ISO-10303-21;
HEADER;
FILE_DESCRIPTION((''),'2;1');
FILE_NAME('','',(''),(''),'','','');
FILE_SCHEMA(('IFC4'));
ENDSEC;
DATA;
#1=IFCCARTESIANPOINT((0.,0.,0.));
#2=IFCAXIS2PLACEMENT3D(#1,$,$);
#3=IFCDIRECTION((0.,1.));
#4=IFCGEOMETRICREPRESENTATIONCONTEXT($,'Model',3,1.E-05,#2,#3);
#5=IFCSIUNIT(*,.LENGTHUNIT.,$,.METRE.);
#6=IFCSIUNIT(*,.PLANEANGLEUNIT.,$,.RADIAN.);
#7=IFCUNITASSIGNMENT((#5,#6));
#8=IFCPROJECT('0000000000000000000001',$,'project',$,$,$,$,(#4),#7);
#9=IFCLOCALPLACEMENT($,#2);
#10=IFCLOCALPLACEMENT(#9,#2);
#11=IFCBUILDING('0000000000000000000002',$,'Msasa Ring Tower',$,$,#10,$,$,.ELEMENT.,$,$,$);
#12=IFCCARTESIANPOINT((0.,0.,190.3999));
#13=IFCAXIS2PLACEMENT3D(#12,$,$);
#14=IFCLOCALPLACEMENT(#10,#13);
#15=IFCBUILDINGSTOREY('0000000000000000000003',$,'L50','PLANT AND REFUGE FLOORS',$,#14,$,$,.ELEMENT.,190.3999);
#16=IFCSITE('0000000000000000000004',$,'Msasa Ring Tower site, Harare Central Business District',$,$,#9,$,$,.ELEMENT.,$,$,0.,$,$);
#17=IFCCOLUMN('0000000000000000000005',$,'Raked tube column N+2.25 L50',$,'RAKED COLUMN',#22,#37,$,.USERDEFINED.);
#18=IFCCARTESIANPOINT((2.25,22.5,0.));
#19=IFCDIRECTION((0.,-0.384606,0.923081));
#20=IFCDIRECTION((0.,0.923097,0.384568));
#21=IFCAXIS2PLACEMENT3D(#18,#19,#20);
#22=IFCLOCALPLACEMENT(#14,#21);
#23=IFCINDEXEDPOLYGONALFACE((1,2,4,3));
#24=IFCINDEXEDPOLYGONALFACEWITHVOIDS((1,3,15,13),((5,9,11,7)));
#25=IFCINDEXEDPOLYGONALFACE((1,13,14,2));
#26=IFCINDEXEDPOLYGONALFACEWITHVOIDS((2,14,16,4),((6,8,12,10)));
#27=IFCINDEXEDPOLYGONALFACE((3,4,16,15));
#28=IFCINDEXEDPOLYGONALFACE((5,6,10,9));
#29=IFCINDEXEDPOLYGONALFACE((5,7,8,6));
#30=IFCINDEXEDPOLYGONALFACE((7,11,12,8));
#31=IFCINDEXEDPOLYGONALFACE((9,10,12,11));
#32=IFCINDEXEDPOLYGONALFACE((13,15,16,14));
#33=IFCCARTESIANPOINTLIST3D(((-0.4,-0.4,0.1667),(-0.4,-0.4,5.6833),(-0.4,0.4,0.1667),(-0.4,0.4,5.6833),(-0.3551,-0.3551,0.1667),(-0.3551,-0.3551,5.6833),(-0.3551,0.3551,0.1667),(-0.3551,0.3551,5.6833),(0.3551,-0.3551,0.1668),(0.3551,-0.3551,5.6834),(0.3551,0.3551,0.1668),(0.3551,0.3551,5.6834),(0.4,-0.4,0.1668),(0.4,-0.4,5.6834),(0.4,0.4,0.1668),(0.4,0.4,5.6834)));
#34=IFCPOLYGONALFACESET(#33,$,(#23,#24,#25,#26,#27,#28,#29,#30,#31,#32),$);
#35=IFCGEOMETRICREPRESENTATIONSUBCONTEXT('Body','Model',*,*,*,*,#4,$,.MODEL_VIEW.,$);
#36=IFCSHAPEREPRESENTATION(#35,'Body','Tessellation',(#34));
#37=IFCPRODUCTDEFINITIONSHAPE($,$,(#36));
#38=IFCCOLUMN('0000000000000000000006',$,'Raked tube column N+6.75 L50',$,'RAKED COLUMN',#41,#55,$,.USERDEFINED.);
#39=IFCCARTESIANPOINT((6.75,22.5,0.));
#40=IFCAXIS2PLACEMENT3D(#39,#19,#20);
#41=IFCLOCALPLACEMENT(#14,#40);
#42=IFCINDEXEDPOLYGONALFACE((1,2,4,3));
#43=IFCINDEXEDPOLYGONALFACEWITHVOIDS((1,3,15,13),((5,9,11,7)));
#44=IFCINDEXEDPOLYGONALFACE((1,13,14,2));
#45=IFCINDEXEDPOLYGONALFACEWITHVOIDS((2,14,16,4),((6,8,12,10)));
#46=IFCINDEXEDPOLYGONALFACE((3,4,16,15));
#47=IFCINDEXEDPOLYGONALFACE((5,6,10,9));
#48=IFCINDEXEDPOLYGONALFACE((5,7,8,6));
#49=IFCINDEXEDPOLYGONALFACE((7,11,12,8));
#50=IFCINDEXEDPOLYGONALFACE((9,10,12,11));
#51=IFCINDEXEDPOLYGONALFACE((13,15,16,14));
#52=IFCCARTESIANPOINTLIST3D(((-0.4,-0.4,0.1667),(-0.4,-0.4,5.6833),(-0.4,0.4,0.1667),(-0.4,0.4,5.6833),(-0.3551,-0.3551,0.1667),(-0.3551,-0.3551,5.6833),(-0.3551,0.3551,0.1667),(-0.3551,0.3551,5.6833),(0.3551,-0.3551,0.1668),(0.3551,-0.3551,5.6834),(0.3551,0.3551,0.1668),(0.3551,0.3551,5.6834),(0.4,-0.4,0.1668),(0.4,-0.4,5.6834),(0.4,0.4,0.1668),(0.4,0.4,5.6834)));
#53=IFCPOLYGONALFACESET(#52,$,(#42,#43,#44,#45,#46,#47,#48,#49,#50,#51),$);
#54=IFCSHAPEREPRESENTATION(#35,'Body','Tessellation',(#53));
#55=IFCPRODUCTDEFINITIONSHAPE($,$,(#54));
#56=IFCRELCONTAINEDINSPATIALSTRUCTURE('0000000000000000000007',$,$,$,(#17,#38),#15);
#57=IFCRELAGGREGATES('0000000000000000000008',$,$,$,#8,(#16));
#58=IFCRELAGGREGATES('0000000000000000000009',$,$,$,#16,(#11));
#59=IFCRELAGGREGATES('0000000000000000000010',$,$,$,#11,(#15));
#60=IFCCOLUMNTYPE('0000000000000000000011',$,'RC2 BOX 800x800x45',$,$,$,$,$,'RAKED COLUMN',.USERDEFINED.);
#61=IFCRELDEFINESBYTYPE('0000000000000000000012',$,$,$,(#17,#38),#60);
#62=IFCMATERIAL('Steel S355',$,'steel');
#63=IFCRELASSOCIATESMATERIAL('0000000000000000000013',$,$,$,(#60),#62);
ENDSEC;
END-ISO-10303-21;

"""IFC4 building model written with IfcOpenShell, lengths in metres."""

from ifc_helpers import new_model, si_unit, direction, frame, origin, origin_2d, place, context, subcontext, project, spatial, hollow_rectangle, extrude, clip, halfspace, material, material_profile, profile_set, type_object, element, save


model = new_model("IFC4")

# Units and contexts
model_context = context("Model", 3, precision=1e-05, world=origin(), true_north=direction((0.0, 1.0)))
body_context = subcontext(model_context, "Body", "Model", "MODEL_VIEW")
ifc_project = project(units=[si_unit("LENGTHUNIT", "METRE"), si_unit("PLANEANGLEUNIT", "RADIAN")], contexts=[model_context])

# Site, building, storey
site_placement = place(None, origin())
site = spatial("IfcSite", under=ifc_project, at=site_placement, Name="Msasa Ring Tower site, Harare Central Business District", CompositionType="ELEMENT", RefElevation=0.0)
building_placement = place(site_placement, origin())
building = spatial("IfcBuilding", under=site, at=building_placement, Name="Msasa Ring Tower", CompositionType="ELEMENT")
storey_placement = place(building_placement, frame((0.0, 0.0, 190.3999)))
storey = spatial("IfcBuildingStorey", under=building, at=storey_placement, Name="L50", Description="PLANT AND REFUGE FLOORS", CompositionType="ELEMENT", Elevation=190.3999)

# Columns
ifc_material_1 = material(Name="Steel S355", Category="steel")
ifc_material_profile_1 = material_profile(ifc_material_1, hollow_rectangle(XDim=0.8, YDim=0.8, WallThickness=0.0449, at=origin_2d()), Name="BOX 800x800x45")
ifc_profile_set_1 = profile_set([ifc_material_profile_1], Name="Steel S355")
column_type_1 = type_object("IfcColumnType", Name="RC2 BOX 800x800x45", ElementType="RAKED COLUMN", PredefinedType="USERDEFINED", material=ifc_profile_set_1)
for number, where, z_axis, x_axis, name in (
    (1, (2.25, 22.5, 0.0), (0.0, -0.384606, 0.923081), (0.0, 0.923097, 0.384568), "Raked tube column N+2.25 L50"),
    (2, (6.75, 22.5, 0.0), (0.0, -0.384606, 0.923081), (0.0, 0.923097, 0.384568), "Raked tube column N+6.75 L50"),
):
    element("IfcColumn", number, at=place(storey_placement, frame(where, z_axis=z_axis, x_axis=x_axis)), inside=storey, type_object=column_type_1, Name=name, ObjectType="RAKED COLUMN", PredefinedType="USERDEFINED", context=body_context, shape_type="Clipping", body=[
        clip(clip(extrude(hollow_rectangle(XDim=0.8, YDim=0.8, WallThickness=0.0449, at=origin_2d()), origin(), (0.0, 0.0, 1.0), 5.8501), halfspace(frame((0.0, 0.0, 0.1667), z_axis=(0.0, 0.0, 1.0)), True)), halfspace(frame((0.0, 0.0, 5.6833), z_axis=(0.0, 0.0, -1.0)), True)),
    ])

save(model, "model.ifc")
